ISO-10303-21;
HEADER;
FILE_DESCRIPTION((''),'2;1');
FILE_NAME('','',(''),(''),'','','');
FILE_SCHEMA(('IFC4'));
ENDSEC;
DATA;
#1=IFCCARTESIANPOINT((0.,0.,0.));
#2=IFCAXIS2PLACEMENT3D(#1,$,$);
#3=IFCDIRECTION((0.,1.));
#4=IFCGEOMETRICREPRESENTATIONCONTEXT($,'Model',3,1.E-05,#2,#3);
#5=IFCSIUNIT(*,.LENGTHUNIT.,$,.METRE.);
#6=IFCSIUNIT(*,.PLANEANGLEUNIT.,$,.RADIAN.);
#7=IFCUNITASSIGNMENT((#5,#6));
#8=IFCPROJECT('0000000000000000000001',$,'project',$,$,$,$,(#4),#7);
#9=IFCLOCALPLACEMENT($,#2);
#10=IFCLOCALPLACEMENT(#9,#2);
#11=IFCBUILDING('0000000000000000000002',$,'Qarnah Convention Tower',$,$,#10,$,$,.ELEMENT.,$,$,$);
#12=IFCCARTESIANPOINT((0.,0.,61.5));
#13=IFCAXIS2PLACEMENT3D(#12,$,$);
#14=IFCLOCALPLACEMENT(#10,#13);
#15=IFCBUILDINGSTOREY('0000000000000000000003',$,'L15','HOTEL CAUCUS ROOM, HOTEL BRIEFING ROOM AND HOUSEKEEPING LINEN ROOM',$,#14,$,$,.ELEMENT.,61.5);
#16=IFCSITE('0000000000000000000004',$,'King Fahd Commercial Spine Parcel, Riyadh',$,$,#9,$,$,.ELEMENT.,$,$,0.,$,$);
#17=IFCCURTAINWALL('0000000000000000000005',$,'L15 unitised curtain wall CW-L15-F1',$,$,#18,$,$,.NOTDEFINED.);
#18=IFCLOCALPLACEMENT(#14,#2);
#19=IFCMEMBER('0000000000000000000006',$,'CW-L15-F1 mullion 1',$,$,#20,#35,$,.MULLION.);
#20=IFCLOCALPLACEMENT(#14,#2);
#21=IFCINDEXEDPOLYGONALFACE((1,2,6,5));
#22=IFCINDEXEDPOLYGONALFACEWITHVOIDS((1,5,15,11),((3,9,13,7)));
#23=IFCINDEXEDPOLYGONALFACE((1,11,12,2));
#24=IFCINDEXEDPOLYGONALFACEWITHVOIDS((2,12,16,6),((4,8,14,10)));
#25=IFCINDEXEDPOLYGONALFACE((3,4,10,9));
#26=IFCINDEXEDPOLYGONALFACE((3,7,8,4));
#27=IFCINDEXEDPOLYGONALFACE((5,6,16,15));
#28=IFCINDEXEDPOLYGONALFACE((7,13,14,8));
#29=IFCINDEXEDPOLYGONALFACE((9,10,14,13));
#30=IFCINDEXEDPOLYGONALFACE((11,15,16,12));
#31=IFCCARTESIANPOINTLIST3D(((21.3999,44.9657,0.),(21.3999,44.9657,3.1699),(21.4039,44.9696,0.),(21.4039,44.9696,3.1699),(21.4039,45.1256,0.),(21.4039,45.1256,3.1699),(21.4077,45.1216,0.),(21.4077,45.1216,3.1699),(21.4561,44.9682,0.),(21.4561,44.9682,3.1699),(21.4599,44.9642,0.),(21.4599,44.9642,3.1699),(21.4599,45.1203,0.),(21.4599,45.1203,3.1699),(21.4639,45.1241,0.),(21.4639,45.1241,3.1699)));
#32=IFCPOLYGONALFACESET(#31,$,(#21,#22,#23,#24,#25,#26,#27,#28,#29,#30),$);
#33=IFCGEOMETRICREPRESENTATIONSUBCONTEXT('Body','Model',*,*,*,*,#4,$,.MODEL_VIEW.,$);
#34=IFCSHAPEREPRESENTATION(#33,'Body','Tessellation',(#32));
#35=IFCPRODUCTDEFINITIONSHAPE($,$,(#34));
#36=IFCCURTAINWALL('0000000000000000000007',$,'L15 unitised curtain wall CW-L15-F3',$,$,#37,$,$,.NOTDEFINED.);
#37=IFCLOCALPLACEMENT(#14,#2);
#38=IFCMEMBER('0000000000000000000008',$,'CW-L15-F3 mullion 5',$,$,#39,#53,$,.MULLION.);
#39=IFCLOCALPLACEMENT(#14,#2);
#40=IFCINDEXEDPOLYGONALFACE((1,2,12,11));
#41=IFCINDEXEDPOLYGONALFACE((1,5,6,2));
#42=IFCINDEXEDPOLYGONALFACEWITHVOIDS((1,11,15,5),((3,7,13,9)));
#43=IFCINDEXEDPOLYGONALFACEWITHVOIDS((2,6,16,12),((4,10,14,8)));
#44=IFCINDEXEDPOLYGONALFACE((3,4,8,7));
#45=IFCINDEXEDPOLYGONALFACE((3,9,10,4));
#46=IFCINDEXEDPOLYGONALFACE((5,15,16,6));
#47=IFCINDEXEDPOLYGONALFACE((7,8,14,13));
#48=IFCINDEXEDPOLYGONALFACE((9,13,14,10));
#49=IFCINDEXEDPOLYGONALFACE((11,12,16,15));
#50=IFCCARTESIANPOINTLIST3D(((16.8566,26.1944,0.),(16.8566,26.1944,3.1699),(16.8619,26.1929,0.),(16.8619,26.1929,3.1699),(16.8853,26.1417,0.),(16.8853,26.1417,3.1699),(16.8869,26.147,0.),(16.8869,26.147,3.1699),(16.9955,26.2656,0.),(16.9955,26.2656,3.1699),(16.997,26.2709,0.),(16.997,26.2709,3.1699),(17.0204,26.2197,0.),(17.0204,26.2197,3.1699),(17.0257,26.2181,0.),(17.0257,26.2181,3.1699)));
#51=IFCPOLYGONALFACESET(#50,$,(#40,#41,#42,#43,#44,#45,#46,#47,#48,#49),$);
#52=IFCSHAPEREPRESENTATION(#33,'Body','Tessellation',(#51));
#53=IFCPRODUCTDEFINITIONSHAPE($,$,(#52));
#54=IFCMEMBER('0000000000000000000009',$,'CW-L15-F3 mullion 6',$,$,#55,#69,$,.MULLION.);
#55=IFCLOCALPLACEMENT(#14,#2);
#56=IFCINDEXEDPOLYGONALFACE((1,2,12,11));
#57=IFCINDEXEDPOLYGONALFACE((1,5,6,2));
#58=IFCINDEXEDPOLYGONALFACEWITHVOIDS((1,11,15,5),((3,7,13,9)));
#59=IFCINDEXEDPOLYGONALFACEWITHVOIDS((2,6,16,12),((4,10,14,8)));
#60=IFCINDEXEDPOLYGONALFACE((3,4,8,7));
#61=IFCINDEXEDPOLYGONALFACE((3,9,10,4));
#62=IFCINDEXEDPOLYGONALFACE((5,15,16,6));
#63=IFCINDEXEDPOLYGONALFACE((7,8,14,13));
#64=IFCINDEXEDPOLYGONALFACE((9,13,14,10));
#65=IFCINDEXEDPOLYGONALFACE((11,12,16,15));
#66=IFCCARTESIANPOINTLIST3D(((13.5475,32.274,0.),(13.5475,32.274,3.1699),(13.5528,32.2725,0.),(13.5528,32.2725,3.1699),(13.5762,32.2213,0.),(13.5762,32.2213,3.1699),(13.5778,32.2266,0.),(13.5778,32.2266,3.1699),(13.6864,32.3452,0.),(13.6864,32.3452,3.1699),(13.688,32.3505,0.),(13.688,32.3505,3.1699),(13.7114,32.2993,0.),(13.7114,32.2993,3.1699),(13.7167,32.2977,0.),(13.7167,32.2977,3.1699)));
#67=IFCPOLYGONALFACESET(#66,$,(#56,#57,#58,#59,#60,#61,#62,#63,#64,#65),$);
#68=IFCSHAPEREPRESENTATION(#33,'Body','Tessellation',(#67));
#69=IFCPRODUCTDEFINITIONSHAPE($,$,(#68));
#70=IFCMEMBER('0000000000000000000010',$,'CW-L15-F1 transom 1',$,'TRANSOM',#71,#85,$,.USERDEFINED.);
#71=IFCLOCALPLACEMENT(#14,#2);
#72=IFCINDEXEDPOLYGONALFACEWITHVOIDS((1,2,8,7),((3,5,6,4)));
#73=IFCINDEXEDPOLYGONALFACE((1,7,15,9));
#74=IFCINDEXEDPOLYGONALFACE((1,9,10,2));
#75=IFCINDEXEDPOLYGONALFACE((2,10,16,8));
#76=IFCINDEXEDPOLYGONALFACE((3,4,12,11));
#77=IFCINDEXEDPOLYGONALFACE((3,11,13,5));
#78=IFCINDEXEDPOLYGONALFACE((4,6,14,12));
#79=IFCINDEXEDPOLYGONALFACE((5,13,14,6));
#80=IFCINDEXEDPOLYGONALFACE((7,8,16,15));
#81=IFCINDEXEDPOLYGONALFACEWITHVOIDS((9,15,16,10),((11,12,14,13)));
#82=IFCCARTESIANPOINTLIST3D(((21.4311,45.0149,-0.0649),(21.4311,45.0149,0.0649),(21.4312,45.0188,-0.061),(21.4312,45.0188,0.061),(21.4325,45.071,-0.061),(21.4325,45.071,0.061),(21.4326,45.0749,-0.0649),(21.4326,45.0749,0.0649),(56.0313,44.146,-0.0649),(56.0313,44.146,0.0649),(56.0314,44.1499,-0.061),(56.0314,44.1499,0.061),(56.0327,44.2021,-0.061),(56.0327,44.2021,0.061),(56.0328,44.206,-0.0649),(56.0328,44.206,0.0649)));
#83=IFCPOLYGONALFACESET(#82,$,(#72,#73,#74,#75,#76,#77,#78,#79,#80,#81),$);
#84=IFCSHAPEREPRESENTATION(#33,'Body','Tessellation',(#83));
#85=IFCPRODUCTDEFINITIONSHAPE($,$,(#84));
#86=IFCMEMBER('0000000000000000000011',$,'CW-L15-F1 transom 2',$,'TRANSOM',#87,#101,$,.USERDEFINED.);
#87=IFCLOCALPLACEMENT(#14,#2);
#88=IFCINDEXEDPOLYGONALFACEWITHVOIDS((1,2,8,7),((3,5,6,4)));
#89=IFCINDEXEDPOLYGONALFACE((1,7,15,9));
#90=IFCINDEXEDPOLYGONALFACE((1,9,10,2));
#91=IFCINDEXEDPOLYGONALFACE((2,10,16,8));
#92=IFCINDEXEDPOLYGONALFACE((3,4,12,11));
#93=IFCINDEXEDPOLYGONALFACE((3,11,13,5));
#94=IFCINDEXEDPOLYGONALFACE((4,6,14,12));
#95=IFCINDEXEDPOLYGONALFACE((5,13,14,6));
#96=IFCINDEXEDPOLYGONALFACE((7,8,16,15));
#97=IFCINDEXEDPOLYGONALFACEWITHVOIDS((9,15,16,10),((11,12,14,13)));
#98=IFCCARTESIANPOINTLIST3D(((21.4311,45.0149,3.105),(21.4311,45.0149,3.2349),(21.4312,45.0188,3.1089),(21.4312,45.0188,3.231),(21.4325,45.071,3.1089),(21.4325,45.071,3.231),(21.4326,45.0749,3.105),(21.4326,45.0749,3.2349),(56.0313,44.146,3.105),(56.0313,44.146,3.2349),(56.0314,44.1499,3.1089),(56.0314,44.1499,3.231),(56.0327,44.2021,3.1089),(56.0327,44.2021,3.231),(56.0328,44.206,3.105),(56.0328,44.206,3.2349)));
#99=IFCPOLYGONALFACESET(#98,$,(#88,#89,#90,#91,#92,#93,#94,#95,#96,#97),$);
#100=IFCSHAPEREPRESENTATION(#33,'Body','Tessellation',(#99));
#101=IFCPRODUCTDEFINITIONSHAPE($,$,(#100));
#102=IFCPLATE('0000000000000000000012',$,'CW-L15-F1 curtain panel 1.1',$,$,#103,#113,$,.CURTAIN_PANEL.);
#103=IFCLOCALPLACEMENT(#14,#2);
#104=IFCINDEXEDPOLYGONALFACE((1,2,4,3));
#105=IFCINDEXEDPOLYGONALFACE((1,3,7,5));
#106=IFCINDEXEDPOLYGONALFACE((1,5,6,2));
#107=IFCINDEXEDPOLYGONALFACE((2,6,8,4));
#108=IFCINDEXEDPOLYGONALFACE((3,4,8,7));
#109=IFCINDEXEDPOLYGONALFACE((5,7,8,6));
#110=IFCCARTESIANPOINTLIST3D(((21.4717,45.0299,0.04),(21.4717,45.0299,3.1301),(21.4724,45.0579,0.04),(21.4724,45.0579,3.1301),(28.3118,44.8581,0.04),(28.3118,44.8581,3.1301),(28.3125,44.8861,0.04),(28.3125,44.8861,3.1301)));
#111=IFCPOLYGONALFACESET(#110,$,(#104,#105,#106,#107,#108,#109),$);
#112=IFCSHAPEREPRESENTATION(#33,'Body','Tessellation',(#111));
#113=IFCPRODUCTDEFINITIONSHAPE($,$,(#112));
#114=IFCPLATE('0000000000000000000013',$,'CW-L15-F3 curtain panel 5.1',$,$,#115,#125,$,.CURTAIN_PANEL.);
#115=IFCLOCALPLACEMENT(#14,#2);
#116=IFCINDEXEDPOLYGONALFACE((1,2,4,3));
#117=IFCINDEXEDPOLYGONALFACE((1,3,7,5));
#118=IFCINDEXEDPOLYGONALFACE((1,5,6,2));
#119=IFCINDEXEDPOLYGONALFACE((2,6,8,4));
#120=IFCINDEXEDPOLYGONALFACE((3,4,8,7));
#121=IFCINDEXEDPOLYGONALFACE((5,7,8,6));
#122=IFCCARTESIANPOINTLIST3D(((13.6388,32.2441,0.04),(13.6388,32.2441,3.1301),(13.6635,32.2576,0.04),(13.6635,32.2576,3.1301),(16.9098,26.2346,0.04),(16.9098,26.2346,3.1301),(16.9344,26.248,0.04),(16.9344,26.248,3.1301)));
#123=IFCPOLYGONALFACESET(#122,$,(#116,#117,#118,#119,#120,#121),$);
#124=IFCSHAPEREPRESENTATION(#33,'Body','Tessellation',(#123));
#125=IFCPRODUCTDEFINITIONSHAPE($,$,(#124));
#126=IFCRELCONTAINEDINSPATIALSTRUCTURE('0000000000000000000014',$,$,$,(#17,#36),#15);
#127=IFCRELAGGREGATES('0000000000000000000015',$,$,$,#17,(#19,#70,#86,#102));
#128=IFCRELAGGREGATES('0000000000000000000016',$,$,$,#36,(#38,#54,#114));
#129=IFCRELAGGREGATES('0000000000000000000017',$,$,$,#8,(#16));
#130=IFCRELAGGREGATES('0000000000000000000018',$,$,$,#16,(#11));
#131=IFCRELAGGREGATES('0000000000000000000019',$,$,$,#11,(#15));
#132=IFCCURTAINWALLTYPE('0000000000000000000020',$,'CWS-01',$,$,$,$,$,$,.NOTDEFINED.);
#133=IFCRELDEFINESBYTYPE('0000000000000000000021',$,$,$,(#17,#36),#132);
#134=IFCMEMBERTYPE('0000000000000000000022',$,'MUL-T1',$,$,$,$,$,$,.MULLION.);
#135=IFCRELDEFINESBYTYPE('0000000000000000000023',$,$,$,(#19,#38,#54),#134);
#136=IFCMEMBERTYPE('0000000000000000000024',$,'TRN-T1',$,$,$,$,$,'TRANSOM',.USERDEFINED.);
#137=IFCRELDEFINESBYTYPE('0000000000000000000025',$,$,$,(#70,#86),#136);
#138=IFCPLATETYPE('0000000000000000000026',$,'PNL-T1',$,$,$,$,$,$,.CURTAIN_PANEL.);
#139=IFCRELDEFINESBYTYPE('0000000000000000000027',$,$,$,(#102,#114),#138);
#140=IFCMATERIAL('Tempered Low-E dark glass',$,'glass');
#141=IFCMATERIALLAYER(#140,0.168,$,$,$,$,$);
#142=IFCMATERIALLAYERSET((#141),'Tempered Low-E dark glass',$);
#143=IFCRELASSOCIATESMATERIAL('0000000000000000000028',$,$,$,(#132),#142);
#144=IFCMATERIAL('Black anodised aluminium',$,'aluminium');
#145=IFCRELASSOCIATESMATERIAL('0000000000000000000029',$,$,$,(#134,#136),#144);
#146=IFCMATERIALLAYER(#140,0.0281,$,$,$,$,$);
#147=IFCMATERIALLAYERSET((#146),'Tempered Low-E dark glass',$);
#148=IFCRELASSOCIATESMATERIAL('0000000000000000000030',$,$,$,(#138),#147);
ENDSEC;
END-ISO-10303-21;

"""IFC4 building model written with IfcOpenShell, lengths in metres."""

from ifc_helpers import new_model, si_unit, direction, frame, origin, origin_2d, place, context, subcontext, project, spatial, rectangle, hollow_rectangle, extrude, material, layer, layer_set, material_profile, profile_set, type_object, element, aggregate, save


model = new_model("IFC4")

# Units and contexts
model_context = context("Model", 3, precision=1e-05, world=origin(), true_north=direction((0.0, 1.0)))
body_context = subcontext(model_context, "Body", "Model", "MODEL_VIEW")
ifc_project = project(units=[si_unit("LENGTHUNIT", "METRE"), si_unit("PLANEANGLEUNIT", "RADIAN")], contexts=[model_context])

# Site, building, storey
site_placement = place(None, origin())
site = spatial("IfcSite", under=ifc_project, at=site_placement, Name="King Fahd Commercial Spine Parcel, Riyadh", CompositionType="ELEMENT", RefElevation=0.0)
building_placement = place(site_placement, origin())
building = spatial("IfcBuilding", under=site, at=building_placement, Name="Qarnah Convention Tower", CompositionType="ELEMENT")
storey_placement = place(building_placement, frame((0.0, 0.0, 61.5)))
storey = spatial("IfcBuildingStorey", under=building, at=storey_placement, Name="L15", Description="HOTEL CAUCUS ROOM, HOTEL BRIEFING ROOM AND HOUSEKEEPING LINEN ROOM", CompositionType="ELEMENT", Elevation=61.5)

# Curtain wall, member
ifc_material_1 = material(Name="Tempered Low-E dark glass", Category="glass")
ifc_layer_1 = layer(ifc_material_1, 0.168)
ifc_layer_set_1 = layer_set([ifc_layer_1], Name="Tempered Low-E dark glass")
curtain_wall_type = type_object("IfcCurtainWallType", Name="CWS-01", PredefinedType="NOTDEFINED", material=ifc_layer_set_1)
curtain_wall_1_placement = place(storey_placement, origin())
curtain_wall_1 = element("IfcCurtainWall", 1, at=curtain_wall_1_placement, inside=storey, type_object=curtain_wall_type, Name="L15 unitised curtain wall CW-L15-F1", PredefinedType="NOTDEFINED")
ifc_material_2 = material(Name="Black anodised aluminium", Category="aluminium")
ifc_material_profile_1 = material_profile(ifc_material_2, hollow_rectangle(XDim=0.0601, YDim=0.1599, WallThickness=0.0039, at=origin_2d()), Name="MUL-60X160")
ifc_profile_set_1 = profile_set([ifc_material_profile_1], Name="Black anodised aluminium")
member_type_1 = type_object("IfcMemberType", Name="MUL-T1", PredefinedType="MULLION", material=ifc_profile_set_1)
member_1_placement = place(storey_placement, frame((21.4319, 45.0449, 0.0), z_axis=(0.0, 0.0, 1.0), x_axis=(0.999685, -0.025108, 0.0)))
member_1 = element("IfcMember", 2, at=member_1_placement, type_object=member_type_1, Name="CW-L15-F1 mullion 1", PredefinedType="MULLION", context=body_context, shape_type="SweptSolid", body=[
    extrude(hollow_rectangle(XDim=0.0601, YDim=0.1599, WallThickness=0.0039, at=origin_2d()), origin(), (0.0, 0.0, 1.0), 3.1699),
])

# Curtain wall, members
curtain_wall_2_placement = place(storey_placement, origin())
curtain_wall_2 = element("IfcCurtainWall", 3, at=curtain_wall_2_placement, inside=storey, type_object=curtain_wall_type, Name="L15 unitised curtain wall CW-L15-F3", PredefinedType="NOTDEFINED")
member_2_placement = place(storey_placement, frame((16.9412, 26.2063, 0.0), z_axis=(0.0, 0.0, 1.0), x_axis=(-0.478066, 0.878324, 0.0)))
member_2 = element("IfcMember", 4, at=member_2_placement, type_object=member_type_1, Name="CW-L15-F3 mullion 5", PredefinedType="MULLION", context=body_context, shape_type="SweptSolid", body=[
    extrude(hollow_rectangle(XDim=0.0601, YDim=0.1599, WallThickness=0.0039, at=origin_2d()), origin(), (0.0, 0.0, 1.0), 3.1699),
])
member_3_placement = place(storey_placement, frame((13.6321, 32.2859, 0.0), z_axis=(0.0, 0.0, 1.0), x_axis=(-0.478066, 0.878324, 0.0)))
member_3 = element("IfcMember", 5, at=member_3_placement, type_object=member_type_1, Name="CW-L15-F3 mullion 6", PredefinedType="MULLION", context=body_context, shape_type="SweptSolid", body=[
    extrude(hollow_rectangle(XDim=0.0601, YDim=0.1599, WallThickness=0.0039, at=origin_2d()), origin(), (0.0, 0.0, 1.0), 3.1699),
])

# Members
ifc_material_profile_2 = material_profile(ifc_material_2, hollow_rectangle(XDim=0.0601, YDim=0.1299, WallThickness=0.0039, at=origin_2d()), Name="TRN-60X130")
ifc_profile_set_2 = profile_set([ifc_material_profile_2], Name="Black anodised aluminium")
member_type_2 = type_object("IfcMemberType", Name="TRN-T1", ElementType="TRANSOM", PredefinedType="USERDEFINED", material=ifc_profile_set_2)
member_4_placement = place(storey_placement, frame((21.4319, 45.0449, 0.0), z_axis=(0.999685, -0.025105, 0.0), x_axis=(0.025105, 0.999685, 0.0)))
member_4 = element("IfcMember", 6, at=member_4_placement, type_object=member_type_2, Name="CW-L15-F1 transom 1", ObjectType="TRANSOM", PredefinedType="USERDEFINED", context=body_context, shape_type="SweptSolid", body=[
    extrude(hollow_rectangle(XDim=0.0601, YDim=0.1299, WallThickness=0.0039, at=origin_2d()), origin(), (0.0, 0.0, 1.0), 34.6111),
])
member_5_placement = place(storey_placement, frame((21.4319, 45.0449, 3.1699), z_axis=(0.999685, -0.025105, 0.0), x_axis=(0.025105, 0.999685, 0.0)))
member_5 = element("IfcMember", 7, at=member_5_placement, type_object=member_type_2, Name="CW-L15-F1 transom 2", ObjectType="TRANSOM", PredefinedType="USERDEFINED", context=body_context, shape_type="SweptSolid", body=[
    extrude(hollow_rectangle(XDim=0.0601, YDim=0.1299, WallThickness=0.0039, at=origin_2d()), origin(), (0.0, 0.0, 1.0), 34.6111),
])

# Plates
ifc_layer_2 = layer(ifc_material_1, 0.0281)
ifc_layer_set_2 = layer_set([ifc_layer_2], Name="Tempered Low-E dark glass")
plate_type = type_object("IfcPlateType", Name="PNL-T1", PredefinedType="CURTAIN_PANEL", material=ifc_layer_set_2)
plate_1_placement = place(storey_placement, frame((24.8921, 44.958, 0.04), z_axis=(0.0, 0.0, 1.0), x_axis=(0.999685, -0.025108, 0.0)))
plate_1 = element("IfcPlate", 8, at=plate_1_placement, type_object=plate_type, Name="CW-L15-F1 curtain panel 1.1", PredefinedType="CURTAIN_PANEL", context=body_context, shape_type="SweptSolid", body=[
    extrude(rectangle(XDim=6.8423, YDim=0.0281, at=origin_2d()), origin(), (0.0, 0.0, 1.0), 3.0901),
])
aggregate(curtain_wall_1, [member_1, member_4, member_5, plate_1])
plate_2_placement = place(storey_placement, frame((15.2866, 29.2461, 0.04), z_axis=(0.0, 0.0, 1.0), x_axis=(-0.478066, 0.878324, 0.0)))
plate_2 = element("IfcPlate", 9, at=plate_2_placement, type_object=plate_type, Name="CW-L15-F3 curtain panel 5.1", PredefinedType="CURTAIN_PANEL", context=body_context, shape_type="SweptSolid", body=[
    extrude(rectangle(XDim=6.842, YDim=0.0281, at=origin_2d()), origin(), (0.0, 0.0, 1.0), 3.0901),
])
aggregate(curtain_wall_2, [member_2, member_3, plate_2])

save(model, "model.ifc")
